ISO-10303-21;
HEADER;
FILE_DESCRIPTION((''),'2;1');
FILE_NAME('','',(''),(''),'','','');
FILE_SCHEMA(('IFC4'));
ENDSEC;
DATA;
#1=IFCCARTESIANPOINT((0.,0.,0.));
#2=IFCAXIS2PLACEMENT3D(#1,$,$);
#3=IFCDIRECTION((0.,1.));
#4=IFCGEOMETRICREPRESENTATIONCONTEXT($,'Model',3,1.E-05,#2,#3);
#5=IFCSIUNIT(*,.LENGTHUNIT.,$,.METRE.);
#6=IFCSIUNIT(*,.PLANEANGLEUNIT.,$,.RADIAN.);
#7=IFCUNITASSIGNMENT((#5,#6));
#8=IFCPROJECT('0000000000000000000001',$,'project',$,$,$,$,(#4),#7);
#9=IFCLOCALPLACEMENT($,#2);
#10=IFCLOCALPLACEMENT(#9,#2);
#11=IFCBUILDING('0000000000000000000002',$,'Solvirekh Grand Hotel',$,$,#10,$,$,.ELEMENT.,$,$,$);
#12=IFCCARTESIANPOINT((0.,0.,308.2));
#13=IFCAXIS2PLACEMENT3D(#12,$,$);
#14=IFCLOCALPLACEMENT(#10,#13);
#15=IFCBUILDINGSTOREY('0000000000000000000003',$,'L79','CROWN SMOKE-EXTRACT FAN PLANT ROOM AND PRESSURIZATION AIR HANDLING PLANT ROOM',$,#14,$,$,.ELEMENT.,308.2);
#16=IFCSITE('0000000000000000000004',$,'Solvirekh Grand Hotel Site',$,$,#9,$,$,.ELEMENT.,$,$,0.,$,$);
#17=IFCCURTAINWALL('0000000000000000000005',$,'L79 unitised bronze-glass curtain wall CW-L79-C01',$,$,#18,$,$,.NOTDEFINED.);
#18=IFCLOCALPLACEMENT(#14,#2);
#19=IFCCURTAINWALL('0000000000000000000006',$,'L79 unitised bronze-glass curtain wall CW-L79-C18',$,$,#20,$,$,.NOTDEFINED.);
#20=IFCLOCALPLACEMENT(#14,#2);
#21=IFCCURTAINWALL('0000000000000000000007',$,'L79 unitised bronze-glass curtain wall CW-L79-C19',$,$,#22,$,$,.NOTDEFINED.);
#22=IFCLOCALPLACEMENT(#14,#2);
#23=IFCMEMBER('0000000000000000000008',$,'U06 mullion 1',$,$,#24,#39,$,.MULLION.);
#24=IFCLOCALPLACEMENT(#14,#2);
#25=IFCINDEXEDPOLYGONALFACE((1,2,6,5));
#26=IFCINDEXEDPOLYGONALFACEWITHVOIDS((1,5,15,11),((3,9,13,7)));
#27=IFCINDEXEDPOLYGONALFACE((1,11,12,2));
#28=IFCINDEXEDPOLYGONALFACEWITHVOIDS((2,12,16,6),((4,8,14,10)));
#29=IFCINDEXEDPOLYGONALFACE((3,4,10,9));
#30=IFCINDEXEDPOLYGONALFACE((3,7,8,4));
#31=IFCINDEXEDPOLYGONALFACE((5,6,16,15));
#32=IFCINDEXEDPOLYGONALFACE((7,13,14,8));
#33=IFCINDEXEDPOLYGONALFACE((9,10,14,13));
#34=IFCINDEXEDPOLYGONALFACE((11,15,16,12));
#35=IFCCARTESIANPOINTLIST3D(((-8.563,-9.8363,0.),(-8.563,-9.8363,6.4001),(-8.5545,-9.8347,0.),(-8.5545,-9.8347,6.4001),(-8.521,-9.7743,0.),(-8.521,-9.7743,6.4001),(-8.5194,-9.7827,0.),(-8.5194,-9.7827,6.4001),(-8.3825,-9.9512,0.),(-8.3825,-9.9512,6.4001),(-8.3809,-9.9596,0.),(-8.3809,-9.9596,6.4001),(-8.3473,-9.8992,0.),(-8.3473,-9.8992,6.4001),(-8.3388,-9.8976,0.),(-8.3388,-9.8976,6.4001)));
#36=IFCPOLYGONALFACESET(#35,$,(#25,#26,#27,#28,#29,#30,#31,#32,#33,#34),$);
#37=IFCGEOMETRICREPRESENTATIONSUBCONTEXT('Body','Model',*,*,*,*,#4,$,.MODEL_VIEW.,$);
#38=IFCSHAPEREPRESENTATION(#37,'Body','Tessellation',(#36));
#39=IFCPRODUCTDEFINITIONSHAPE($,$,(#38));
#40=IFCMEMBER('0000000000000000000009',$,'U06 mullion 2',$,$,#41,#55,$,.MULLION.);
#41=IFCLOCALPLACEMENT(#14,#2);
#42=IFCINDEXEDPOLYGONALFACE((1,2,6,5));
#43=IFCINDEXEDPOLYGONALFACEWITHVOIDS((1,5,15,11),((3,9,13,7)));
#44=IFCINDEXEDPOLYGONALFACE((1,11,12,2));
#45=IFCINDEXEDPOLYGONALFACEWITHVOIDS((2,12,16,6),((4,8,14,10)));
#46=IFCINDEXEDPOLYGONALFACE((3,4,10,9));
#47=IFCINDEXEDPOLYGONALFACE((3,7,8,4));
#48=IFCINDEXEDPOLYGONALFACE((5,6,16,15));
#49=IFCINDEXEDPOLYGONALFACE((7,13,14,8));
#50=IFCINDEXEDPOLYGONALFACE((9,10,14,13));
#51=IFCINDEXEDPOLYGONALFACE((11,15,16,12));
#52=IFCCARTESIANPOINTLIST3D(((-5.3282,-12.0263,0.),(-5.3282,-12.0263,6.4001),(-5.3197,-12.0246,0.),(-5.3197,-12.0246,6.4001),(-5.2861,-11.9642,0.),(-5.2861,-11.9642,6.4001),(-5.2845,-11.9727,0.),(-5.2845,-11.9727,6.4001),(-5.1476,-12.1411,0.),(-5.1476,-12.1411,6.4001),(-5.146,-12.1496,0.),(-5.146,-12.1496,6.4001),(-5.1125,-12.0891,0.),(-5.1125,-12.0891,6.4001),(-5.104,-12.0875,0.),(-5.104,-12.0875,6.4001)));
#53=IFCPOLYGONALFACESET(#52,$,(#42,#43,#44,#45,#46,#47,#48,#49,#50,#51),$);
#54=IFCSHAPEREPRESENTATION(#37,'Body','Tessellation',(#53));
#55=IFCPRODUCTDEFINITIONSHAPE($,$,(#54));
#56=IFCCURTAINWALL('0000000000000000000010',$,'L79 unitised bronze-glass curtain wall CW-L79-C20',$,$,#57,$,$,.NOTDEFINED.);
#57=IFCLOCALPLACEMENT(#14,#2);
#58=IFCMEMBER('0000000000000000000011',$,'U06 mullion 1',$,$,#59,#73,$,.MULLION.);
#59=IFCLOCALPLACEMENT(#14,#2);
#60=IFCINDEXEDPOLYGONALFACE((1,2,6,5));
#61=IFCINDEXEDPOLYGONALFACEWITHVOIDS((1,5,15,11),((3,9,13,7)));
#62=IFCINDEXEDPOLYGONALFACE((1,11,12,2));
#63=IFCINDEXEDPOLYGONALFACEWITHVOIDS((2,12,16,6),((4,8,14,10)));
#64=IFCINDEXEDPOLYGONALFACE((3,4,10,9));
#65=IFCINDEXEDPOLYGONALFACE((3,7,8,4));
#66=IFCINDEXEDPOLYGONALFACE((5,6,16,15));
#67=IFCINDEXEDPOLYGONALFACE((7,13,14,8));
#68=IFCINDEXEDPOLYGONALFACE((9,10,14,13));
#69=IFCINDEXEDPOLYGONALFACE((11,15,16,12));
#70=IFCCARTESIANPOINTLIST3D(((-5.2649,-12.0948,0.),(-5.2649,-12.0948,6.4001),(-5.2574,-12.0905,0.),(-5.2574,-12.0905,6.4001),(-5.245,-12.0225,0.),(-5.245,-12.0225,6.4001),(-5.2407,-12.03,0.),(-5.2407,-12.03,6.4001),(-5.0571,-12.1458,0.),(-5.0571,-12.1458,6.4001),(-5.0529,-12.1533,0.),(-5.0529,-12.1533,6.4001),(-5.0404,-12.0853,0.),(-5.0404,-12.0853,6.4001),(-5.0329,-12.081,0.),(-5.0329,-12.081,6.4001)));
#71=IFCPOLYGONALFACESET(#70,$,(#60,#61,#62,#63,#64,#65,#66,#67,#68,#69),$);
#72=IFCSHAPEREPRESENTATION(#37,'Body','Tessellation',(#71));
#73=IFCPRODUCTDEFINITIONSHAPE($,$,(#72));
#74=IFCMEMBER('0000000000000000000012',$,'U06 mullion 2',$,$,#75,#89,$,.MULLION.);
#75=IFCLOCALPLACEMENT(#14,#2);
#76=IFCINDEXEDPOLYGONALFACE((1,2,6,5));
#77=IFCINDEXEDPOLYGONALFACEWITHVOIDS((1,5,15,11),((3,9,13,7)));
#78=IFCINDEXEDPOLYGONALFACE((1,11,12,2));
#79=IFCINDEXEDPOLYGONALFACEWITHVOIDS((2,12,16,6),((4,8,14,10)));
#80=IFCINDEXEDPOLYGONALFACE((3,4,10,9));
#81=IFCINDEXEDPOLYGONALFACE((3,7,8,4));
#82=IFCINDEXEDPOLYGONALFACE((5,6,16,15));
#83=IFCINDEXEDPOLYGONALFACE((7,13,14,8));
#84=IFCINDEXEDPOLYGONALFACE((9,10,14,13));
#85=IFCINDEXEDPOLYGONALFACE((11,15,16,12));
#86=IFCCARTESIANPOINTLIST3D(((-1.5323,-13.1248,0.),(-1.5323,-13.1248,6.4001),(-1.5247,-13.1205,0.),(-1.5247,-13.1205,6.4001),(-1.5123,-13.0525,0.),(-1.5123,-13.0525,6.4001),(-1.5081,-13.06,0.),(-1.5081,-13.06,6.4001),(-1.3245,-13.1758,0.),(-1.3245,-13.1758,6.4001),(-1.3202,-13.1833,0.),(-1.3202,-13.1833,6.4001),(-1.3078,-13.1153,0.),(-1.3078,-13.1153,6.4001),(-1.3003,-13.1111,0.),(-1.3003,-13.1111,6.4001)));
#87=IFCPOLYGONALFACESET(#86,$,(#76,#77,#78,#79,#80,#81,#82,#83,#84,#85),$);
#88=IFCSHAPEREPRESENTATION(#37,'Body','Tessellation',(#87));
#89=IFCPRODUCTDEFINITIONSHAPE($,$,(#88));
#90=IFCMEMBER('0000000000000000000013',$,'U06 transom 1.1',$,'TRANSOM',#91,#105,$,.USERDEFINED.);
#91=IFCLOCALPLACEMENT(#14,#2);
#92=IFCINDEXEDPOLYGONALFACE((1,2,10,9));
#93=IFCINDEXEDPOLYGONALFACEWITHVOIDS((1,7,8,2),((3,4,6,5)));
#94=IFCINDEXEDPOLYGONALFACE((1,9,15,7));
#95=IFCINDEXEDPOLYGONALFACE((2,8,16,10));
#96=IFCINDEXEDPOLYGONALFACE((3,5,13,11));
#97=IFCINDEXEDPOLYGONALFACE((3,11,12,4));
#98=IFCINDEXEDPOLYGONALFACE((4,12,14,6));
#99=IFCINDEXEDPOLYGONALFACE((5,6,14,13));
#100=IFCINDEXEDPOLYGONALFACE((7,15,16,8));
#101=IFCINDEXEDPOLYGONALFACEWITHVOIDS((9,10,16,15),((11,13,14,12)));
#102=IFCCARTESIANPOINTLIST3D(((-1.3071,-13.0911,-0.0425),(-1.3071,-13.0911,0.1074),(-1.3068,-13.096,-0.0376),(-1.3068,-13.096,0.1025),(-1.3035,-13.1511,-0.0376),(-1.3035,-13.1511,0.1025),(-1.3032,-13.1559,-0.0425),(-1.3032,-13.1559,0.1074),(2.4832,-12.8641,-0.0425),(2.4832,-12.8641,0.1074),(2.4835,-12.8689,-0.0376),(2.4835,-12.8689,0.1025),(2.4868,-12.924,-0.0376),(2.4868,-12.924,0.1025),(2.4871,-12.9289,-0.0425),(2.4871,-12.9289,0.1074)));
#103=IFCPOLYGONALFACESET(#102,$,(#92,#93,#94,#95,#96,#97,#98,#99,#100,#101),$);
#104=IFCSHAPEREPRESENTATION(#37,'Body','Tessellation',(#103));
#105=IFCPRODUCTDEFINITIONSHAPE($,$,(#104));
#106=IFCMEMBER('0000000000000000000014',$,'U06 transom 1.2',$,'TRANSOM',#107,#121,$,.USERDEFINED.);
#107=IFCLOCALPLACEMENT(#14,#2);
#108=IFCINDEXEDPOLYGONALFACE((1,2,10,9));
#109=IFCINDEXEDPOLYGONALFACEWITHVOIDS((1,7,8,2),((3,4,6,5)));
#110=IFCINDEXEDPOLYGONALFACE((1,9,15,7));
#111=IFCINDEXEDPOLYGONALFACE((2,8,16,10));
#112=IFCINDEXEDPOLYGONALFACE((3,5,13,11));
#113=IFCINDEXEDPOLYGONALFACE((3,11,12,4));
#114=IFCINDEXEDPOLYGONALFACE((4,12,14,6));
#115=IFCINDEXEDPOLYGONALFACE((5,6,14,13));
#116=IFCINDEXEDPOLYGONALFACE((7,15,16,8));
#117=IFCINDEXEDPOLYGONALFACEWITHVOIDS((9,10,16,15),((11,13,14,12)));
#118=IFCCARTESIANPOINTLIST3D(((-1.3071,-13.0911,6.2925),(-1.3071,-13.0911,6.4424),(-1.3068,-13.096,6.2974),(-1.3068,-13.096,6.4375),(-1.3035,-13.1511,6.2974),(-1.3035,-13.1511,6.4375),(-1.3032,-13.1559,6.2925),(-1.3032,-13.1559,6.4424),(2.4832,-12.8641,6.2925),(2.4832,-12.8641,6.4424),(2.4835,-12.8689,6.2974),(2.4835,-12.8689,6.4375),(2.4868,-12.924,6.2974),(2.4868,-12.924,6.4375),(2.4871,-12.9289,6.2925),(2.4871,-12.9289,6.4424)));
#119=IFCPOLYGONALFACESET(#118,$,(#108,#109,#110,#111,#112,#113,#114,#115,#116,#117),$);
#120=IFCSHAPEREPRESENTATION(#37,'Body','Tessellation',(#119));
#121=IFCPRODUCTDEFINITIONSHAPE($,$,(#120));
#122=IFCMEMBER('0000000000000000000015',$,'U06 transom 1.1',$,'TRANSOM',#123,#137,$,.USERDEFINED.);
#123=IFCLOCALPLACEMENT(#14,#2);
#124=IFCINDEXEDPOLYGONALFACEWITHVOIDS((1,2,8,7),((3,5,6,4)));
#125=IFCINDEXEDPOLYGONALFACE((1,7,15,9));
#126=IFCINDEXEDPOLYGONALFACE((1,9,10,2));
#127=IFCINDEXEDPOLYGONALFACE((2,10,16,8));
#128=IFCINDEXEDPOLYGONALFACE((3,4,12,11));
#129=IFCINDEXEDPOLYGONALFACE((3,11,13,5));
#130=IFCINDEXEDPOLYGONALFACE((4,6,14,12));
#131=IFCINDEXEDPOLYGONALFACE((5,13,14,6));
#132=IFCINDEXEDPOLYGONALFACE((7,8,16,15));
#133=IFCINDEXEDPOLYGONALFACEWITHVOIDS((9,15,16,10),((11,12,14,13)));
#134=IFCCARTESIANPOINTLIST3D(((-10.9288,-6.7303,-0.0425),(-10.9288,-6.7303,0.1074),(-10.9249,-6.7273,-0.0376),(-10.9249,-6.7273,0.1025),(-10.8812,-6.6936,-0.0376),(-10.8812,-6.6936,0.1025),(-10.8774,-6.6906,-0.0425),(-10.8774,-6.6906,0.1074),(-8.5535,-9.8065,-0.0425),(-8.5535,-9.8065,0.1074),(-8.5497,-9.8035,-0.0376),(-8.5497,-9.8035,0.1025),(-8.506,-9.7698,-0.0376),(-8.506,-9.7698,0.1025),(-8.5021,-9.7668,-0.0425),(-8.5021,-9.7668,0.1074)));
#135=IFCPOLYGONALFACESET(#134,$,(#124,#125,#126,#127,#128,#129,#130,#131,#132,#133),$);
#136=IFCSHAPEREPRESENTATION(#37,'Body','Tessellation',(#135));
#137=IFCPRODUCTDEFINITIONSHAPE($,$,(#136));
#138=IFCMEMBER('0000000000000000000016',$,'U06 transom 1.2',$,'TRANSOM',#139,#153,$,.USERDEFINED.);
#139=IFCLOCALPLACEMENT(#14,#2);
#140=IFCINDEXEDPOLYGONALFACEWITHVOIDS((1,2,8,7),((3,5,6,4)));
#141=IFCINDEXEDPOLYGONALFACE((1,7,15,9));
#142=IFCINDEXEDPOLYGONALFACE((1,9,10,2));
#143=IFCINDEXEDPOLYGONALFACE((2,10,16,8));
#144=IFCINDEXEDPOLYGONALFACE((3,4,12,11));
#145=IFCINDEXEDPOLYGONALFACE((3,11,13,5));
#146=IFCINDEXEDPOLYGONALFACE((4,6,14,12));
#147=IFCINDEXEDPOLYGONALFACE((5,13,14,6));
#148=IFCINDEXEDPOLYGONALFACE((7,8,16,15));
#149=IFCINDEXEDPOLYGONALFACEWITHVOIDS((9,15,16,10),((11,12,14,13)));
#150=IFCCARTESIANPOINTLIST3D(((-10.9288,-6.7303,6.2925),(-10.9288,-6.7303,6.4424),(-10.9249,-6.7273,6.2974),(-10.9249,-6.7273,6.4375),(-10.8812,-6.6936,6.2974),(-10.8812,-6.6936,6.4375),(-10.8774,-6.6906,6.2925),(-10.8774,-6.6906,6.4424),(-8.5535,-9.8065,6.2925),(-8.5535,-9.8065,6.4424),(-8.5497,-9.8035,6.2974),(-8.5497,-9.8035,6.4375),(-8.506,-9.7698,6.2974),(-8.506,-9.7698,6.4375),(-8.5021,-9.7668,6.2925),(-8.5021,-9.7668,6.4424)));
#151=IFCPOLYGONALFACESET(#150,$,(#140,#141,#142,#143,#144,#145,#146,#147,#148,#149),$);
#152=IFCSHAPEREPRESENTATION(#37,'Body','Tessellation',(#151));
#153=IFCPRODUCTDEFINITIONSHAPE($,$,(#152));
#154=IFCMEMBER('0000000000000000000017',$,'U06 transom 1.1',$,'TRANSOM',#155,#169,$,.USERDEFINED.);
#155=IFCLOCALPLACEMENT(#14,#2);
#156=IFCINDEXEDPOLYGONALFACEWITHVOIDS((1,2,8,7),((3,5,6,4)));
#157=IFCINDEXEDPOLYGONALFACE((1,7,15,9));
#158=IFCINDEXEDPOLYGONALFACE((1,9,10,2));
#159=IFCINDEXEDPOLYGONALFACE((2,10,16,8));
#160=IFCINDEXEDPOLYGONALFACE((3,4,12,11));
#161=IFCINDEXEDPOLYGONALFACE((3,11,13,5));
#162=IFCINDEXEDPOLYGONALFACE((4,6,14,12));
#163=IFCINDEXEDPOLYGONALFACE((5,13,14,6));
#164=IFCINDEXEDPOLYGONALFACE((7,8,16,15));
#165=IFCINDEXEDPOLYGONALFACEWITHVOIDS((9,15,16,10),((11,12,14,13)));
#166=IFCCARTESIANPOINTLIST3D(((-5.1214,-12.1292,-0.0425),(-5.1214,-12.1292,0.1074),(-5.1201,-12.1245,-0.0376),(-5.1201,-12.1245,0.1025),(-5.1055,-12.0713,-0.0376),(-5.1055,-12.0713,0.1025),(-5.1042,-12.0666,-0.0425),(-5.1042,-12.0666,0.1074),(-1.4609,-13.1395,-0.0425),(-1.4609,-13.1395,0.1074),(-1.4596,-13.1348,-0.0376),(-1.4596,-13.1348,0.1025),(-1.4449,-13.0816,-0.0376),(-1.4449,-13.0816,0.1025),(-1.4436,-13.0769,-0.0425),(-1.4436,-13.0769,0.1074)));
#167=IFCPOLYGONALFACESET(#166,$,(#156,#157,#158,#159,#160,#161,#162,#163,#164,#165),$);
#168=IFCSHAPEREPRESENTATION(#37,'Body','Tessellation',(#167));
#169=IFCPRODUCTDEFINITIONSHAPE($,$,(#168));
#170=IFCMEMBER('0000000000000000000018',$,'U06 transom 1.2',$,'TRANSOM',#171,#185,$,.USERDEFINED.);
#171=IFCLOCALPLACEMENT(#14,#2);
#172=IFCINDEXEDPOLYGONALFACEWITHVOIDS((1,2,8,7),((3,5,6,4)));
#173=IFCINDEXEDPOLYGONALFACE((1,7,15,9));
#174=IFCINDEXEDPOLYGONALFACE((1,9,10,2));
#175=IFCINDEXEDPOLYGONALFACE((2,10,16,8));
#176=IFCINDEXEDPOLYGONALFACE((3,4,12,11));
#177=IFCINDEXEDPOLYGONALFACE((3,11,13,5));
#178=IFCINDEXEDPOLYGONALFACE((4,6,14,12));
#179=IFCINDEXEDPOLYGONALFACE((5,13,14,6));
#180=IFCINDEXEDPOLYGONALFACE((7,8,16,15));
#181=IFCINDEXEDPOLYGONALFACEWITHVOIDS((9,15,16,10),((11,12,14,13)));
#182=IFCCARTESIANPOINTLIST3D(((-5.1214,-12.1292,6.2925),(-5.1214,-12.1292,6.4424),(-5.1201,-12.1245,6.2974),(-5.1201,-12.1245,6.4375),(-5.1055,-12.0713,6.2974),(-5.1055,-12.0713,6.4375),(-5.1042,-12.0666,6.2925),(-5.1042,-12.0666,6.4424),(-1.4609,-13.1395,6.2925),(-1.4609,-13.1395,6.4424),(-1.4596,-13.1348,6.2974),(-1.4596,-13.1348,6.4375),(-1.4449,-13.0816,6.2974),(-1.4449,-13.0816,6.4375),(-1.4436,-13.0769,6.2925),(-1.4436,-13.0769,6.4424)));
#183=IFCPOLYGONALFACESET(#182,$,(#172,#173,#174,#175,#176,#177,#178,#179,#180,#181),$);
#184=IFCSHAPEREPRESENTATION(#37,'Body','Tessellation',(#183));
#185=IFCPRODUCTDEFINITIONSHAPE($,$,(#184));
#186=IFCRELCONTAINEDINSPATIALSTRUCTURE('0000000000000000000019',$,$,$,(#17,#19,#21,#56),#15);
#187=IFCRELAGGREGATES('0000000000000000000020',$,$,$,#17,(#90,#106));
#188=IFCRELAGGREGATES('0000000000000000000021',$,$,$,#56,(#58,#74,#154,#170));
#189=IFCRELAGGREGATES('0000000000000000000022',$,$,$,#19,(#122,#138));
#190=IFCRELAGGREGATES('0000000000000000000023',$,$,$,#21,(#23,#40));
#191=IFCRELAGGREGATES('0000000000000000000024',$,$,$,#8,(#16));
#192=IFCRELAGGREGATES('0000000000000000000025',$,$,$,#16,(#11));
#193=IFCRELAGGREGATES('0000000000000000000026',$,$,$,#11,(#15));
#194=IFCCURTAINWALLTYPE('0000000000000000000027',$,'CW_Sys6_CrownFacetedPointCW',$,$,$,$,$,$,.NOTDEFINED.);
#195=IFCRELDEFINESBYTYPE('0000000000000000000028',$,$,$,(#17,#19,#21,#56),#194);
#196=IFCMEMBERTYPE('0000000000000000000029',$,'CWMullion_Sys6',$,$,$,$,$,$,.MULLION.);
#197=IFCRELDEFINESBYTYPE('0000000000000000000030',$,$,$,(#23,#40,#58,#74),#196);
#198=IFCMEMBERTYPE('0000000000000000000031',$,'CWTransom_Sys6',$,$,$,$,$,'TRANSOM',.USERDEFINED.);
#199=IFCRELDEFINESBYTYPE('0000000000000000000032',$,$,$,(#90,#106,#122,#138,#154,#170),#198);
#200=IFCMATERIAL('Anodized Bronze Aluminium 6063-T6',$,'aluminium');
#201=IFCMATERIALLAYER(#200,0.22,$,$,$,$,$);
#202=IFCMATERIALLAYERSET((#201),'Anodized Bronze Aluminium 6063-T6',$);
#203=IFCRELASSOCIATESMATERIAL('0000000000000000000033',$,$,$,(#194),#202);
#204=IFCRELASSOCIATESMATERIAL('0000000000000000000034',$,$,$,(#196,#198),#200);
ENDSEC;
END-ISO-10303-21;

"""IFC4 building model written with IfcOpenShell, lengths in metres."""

from ifc_helpers import new_model, si_unit, direction, frame, origin, origin_2d, place, context, subcontext, project, spatial, hollow_rectangle, extrude, source, transform, mapped, material, layer, layer_set, material_profile, profile_set, type_object, element, aggregate, save


model = new_model("IFC4")

# Units and contexts
model_context = context("Model", 3, precision=1e-05, world=origin(), true_north=direction((0.0, 1.0)))
body_context = subcontext(model_context, "Body", "Model", "MODEL_VIEW")
ifc_project = project(units=[si_unit("LENGTHUNIT", "METRE"), si_unit("PLANEANGLEUNIT", "RADIAN")], contexts=[model_context])

# Site, building, storey
site_placement = place(None, origin())
site = spatial("IfcSite", under=ifc_project, at=site_placement, Name="Solvirekh Grand Hotel Site", CompositionType="ELEMENT", RefElevation=0.0)
building_placement = place(site_placement, origin())
building = spatial("IfcBuilding", under=site, at=building_placement, Name="Solvirekh Grand Hotel", CompositionType="ELEMENT")
storey_placement = place(building_placement, frame((0.0, 0.0, 308.2)))
storey = spatial("IfcBuildingStorey", under=building, at=storey_placement, Name="L79", Description="CROWN SMOKE-EXTRACT FAN PLANT ROOM AND PRESSURIZATION AIR HANDLING PLANT ROOM", CompositionType="ELEMENT", Elevation=308.2)

# Curtain wall
ifc_material_1 = material(Name="Anodized Bronze Aluminium 6063-T6", Category="aluminium")
ifc_layer_1 = layer(ifc_material_1, 0.22)
ifc_layer_set_1 = layer_set([ifc_layer_1], Name="Anodized Bronze Aluminium 6063-T6")
curtain_wall_type = type_object("IfcCurtainWallType", Name="CW_Sys6_CrownFacetedPointCW", PredefinedType="NOTDEFINED", material=ifc_layer_set_1)
curtain_wall_1_placement = place(storey_placement, origin())
curtain_wall_1 = element("IfcCurtainWall", 1, at=curtain_wall_1_placement, inside=storey, type_object=curtain_wall_type, Name="L79 unitised bronze-glass curtain wall CW-L79-C01", PredefinedType="NOTDEFINED")
ifc_material_profile_1 = material_profile(ifc_material_1, hollow_rectangle(XDim=0.075, YDim=0.22, WallThickness=0.0061, at=origin_2d()), Name="ALU RHS 220X75X6")
ifc_profile_set_1 = profile_set([ifc_material_profile_1], Name="Anodized Bronze Aluminium 6063-T6")
member_type_1 = type_object("IfcMemberType", Name="CWMullion_Sys6", PredefinedType="MULLION", material=ifc_profile_set_1)
shared_shape_1 = source(origin(), body_context, "Body", "SweptSolid", [
    extrude(hollow_rectangle(XDim=0.075, YDim=0.22, WallThickness=0.0061, at=origin_2d()), origin(), (0.0, 0.0, 1.0), 6.4001),
])

# Curtain walls, members
curtain_wall_2_placement = place(storey_placement, origin())
curtain_wall_2 = element("IfcCurtainWall", 2, at=curtain_wall_2_placement, inside=storey, type_object=curtain_wall_type, Name="L79 unitised bronze-glass curtain wall CW-L79-C18", PredefinedType="NOTDEFINED")
curtain_wall_3_placement = place(storey_placement, origin())
curtain_wall_3 = element("IfcCurtainWall", 3, at=curtain_wall_3_placement, inside=storey, type_object=curtain_wall_type, Name="L79 unitised bronze-glass curtain wall CW-L79-C19", PredefinedType="NOTDEFINED")
member_1_placement = place(storey_placement, frame((-8.4509, -9.8669, 0.0), z_axis=(0.0, 0.0, 1.0), x_axis=(0.560598, 0.828088, 0.0)))
member_1 = element("IfcMember", 4, at=member_1_placement, type_object=member_type_1, Name="U06 mullion 1", PredefinedType="MULLION", context=body_context, shape_type="MappedRepresentation", body=[
    mapped(shared_shape_1, transform((0.0, 0.0, 0.0), x_axis=(1.0, 0.0, 0.0), y_axis=(0.0, 1.0, 0.0), z_axis=(0.0, 0.0, 1.0), scale=1.0)),
])
member_2_placement = place(storey_placement, frame((-5.2161, -12.0569, 0.0), z_axis=(0.0, 0.0, 1.0), x_axis=(0.560598, 0.828088, 0.0)))
member_2 = element("IfcMember", 5, at=member_2_placement, type_object=member_type_1, Name="U06 mullion 2", PredefinedType="MULLION", context=body_context, shape_type="MappedRepresentation", body=[
    mapped(shared_shape_1, transform((0.0, 0.0, 0.0), x_axis=(1.0, 0.0, 0.0), y_axis=(0.0, 1.0, 0.0), z_axis=(0.0, 0.0, 1.0), scale=1.0)),
])
curtain_wall_4_placement = place(storey_placement, origin())
curtain_wall_4 = element("IfcCurtainWall", 6, at=curtain_wall_4_placement, inside=storey, type_object=curtain_wall_type, Name="L79 unitised bronze-glass curtain wall CW-L79-C20", PredefinedType="NOTDEFINED")
member_3_placement = place(storey_placement, frame((-5.1489, -12.0879, 0.0), z_axis=(0.0, 0.0, 1.0), x_axis=(0.26601, 0.96397, 0.0)))
member_3 = element("IfcMember", 7, at=member_3_placement, type_object=member_type_1, Name="U06 mullion 1", PredefinedType="MULLION", context=body_context, shape_type="MappedRepresentation", body=[
    mapped(shared_shape_1, transform((0.0, 0.0, 0.0), x_axis=(1.0, 0.0, 0.0), y_axis=(0.0, 1.0, 0.0), z_axis=(0.0, 0.0, 1.0), scale=1.0)),
])
member_4_placement = place(storey_placement, frame((-1.4163, -13.1179, 0.0), z_axis=(0.0, 0.0, 1.0), x_axis=(0.26601, 0.96397, 0.0)))
member_4 = element("IfcMember", 8, at=member_4_placement, type_object=member_type_1, Name="U06 mullion 2", PredefinedType="MULLION", context=body_context, shape_type="MappedRepresentation", body=[
    mapped(shared_shape_1, transform((0.0, 0.0, 0.0), x_axis=(1.0, 0.0, 0.0), y_axis=(0.0, 1.0, 0.0), z_axis=(0.0, 0.0, 1.0), scale=1.0)),
])

# Members
ifc_material_profile_2 = material_profile(ifc_material_1, hollow_rectangle(XDim=0.0649, YDim=0.1499, WallThickness=0.0049, at=origin_2d()), Name="ALU RHS 150X65X5")
ifc_profile_set_2 = profile_set([ifc_material_profile_2], Name="Anodized Bronze Aluminium 6063-T6")
member_type_2 = type_object("IfcMemberType", Name="CWTransom_Sys6", ElementType="TRANSOM", PredefinedType="USERDEFINED", material=ifc_profile_set_2)
shared_shape_2 = source(origin(), body_context, "Body", "SweptSolid", [
    extrude(hollow_rectangle(XDim=0.0649, YDim=0.1499, WallThickness=0.0049, at=origin_2d()), origin(), (0.0, 0.0, 1.0), 3.7971),
])
member_5_placement = place(storey_placement, frame((-1.3052, -13.1235, 0.0325), z_axis=(0.998211, 0.059796, 0.0), x_axis=(-0.059796, 0.998211, 0.0)))
member_5 = element("IfcMember", 9, at=member_5_placement, type_object=member_type_2, Name="U06 transom 1.1", ObjectType="TRANSOM", PredefinedType="USERDEFINED", context=body_context, shape_type="MappedRepresentation", body=[
    mapped(shared_shape_2, transform((0.0, 0.0, 0.0), x_axis=(1.0, 0.0, 0.0), y_axis=(0.0, 1.0, 0.0), z_axis=(0.0, 0.0, 1.0), scale=1.0)),
])
member_6_placement = place(storey_placement, frame((-1.3052, -13.1235, 6.3674), z_axis=(0.998211, 0.059796, 0.0), x_axis=(-0.059796, 0.998211, 0.0)))
member_6 = element("IfcMember", 10, at=member_6_placement, type_object=member_type_2, Name="U06 transom 1.2", ObjectType="TRANSOM", PredefinedType="USERDEFINED", context=body_context, shape_type="MappedRepresentation", body=[
    mapped(shared_shape_2, transform((0.0, 0.0, 0.0), x_axis=(1.0, 0.0, 0.0), y_axis=(0.0, 1.0, 0.0), z_axis=(0.0, 0.0, 1.0), scale=1.0)),
])
aggregate(curtain_wall_1, [member_5, member_6])
shared_shape_3 = source(origin(), body_context, "Body", "SweptSolid", [
    extrude(hollow_rectangle(XDim=0.0649, YDim=0.1499, WallThickness=0.0049, at=origin_2d()), origin(), (0.0, 0.0, 1.0), 3.8865),
])
member_7_placement = place(storey_placement, frame((-10.9031, -6.7104, 0.0325), z_axis=(0.611158, -0.791509, 0.0), x_axis=(0.791509, 0.611158, 0.0)))
member_7 = element("IfcMember", 11, at=member_7_placement, type_object=member_type_2, Name="U06 transom 1.1", ObjectType="TRANSOM", PredefinedType="USERDEFINED", context=body_context, shape_type="MappedRepresentation", body=[
    mapped(shared_shape_3, transform((0.0, 0.0, 0.0), x_axis=(1.0, 0.0, 0.0), y_axis=(0.0, 1.0, 0.0), z_axis=(0.0, 0.0, 1.0), scale=1.0)),
])
member_8_placement = place(storey_placement, frame((-10.9031, -6.7104, 6.3674), z_axis=(0.611158, -0.791509, 0.0), x_axis=(0.791509, 0.611158, 0.0)))
member_8 = element("IfcMember", 12, at=member_8_placement, type_object=member_type_2, Name="U06 transom 1.2", ObjectType="TRANSOM", PredefinedType="USERDEFINED", context=body_context, shape_type="MappedRepresentation", body=[
    mapped(shared_shape_3, transform((0.0, 0.0, 0.0), x_axis=(1.0, 0.0, 0.0), y_axis=(0.0, 1.0, 0.0), z_axis=(0.0, 0.0, 1.0), scale=1.0)),
])
shared_shape_4 = source(origin(), body_context, "Body", "SweptSolid", [
    extrude(hollow_rectangle(XDim=0.0649, YDim=0.1499, WallThickness=0.0049, at=origin_2d()), origin(), (0.0, 0.0, 1.0), 3.7974),
])
member_9_placement = place(storey_placement, frame((-5.1128, -12.0979, 0.0325), z_axis=(0.96396, -0.266048, 0.0), x_axis=(0.266048, 0.96396, 0.0)))
member_9 = element("IfcMember", 13, at=member_9_placement, type_object=member_type_2, Name="U06 transom 1.1", ObjectType="TRANSOM", PredefinedType="USERDEFINED", context=body_context, shape_type="MappedRepresentation", body=[
    mapped(shared_shape_4, transform((0.0, 0.0, 0.0), x_axis=(1.0, 0.0, 0.0), y_axis=(0.0, 1.0, 0.0), z_axis=(0.0, 0.0, 1.0), scale=1.0)),
])
member_10_placement = place(storey_placement, frame((-5.1128, -12.0979, 6.3674), z_axis=(0.96396, -0.266048, 0.0), x_axis=(0.266048, 0.96396, 0.0)))
member_10 = element("IfcMember", 14, at=member_10_placement, type_object=member_type_2, Name="U06 transom 1.2", ObjectType="TRANSOM", PredefinedType="USERDEFINED", context=body_context, shape_type="MappedRepresentation", body=[
    mapped(shared_shape_4, transform((0.0, 0.0, 0.0), x_axis=(1.0, 0.0, 0.0), y_axis=(0.0, 1.0, 0.0), z_axis=(0.0, 0.0, 1.0), scale=1.0)),
])

aggregate(curtain_wall_4, [member_3, member_4, member_9, member_10])
aggregate(curtain_wall_2, [member_7, member_8])
aggregate(curtain_wall_3, [member_1, member_2])

save(model, "model.ifc")
